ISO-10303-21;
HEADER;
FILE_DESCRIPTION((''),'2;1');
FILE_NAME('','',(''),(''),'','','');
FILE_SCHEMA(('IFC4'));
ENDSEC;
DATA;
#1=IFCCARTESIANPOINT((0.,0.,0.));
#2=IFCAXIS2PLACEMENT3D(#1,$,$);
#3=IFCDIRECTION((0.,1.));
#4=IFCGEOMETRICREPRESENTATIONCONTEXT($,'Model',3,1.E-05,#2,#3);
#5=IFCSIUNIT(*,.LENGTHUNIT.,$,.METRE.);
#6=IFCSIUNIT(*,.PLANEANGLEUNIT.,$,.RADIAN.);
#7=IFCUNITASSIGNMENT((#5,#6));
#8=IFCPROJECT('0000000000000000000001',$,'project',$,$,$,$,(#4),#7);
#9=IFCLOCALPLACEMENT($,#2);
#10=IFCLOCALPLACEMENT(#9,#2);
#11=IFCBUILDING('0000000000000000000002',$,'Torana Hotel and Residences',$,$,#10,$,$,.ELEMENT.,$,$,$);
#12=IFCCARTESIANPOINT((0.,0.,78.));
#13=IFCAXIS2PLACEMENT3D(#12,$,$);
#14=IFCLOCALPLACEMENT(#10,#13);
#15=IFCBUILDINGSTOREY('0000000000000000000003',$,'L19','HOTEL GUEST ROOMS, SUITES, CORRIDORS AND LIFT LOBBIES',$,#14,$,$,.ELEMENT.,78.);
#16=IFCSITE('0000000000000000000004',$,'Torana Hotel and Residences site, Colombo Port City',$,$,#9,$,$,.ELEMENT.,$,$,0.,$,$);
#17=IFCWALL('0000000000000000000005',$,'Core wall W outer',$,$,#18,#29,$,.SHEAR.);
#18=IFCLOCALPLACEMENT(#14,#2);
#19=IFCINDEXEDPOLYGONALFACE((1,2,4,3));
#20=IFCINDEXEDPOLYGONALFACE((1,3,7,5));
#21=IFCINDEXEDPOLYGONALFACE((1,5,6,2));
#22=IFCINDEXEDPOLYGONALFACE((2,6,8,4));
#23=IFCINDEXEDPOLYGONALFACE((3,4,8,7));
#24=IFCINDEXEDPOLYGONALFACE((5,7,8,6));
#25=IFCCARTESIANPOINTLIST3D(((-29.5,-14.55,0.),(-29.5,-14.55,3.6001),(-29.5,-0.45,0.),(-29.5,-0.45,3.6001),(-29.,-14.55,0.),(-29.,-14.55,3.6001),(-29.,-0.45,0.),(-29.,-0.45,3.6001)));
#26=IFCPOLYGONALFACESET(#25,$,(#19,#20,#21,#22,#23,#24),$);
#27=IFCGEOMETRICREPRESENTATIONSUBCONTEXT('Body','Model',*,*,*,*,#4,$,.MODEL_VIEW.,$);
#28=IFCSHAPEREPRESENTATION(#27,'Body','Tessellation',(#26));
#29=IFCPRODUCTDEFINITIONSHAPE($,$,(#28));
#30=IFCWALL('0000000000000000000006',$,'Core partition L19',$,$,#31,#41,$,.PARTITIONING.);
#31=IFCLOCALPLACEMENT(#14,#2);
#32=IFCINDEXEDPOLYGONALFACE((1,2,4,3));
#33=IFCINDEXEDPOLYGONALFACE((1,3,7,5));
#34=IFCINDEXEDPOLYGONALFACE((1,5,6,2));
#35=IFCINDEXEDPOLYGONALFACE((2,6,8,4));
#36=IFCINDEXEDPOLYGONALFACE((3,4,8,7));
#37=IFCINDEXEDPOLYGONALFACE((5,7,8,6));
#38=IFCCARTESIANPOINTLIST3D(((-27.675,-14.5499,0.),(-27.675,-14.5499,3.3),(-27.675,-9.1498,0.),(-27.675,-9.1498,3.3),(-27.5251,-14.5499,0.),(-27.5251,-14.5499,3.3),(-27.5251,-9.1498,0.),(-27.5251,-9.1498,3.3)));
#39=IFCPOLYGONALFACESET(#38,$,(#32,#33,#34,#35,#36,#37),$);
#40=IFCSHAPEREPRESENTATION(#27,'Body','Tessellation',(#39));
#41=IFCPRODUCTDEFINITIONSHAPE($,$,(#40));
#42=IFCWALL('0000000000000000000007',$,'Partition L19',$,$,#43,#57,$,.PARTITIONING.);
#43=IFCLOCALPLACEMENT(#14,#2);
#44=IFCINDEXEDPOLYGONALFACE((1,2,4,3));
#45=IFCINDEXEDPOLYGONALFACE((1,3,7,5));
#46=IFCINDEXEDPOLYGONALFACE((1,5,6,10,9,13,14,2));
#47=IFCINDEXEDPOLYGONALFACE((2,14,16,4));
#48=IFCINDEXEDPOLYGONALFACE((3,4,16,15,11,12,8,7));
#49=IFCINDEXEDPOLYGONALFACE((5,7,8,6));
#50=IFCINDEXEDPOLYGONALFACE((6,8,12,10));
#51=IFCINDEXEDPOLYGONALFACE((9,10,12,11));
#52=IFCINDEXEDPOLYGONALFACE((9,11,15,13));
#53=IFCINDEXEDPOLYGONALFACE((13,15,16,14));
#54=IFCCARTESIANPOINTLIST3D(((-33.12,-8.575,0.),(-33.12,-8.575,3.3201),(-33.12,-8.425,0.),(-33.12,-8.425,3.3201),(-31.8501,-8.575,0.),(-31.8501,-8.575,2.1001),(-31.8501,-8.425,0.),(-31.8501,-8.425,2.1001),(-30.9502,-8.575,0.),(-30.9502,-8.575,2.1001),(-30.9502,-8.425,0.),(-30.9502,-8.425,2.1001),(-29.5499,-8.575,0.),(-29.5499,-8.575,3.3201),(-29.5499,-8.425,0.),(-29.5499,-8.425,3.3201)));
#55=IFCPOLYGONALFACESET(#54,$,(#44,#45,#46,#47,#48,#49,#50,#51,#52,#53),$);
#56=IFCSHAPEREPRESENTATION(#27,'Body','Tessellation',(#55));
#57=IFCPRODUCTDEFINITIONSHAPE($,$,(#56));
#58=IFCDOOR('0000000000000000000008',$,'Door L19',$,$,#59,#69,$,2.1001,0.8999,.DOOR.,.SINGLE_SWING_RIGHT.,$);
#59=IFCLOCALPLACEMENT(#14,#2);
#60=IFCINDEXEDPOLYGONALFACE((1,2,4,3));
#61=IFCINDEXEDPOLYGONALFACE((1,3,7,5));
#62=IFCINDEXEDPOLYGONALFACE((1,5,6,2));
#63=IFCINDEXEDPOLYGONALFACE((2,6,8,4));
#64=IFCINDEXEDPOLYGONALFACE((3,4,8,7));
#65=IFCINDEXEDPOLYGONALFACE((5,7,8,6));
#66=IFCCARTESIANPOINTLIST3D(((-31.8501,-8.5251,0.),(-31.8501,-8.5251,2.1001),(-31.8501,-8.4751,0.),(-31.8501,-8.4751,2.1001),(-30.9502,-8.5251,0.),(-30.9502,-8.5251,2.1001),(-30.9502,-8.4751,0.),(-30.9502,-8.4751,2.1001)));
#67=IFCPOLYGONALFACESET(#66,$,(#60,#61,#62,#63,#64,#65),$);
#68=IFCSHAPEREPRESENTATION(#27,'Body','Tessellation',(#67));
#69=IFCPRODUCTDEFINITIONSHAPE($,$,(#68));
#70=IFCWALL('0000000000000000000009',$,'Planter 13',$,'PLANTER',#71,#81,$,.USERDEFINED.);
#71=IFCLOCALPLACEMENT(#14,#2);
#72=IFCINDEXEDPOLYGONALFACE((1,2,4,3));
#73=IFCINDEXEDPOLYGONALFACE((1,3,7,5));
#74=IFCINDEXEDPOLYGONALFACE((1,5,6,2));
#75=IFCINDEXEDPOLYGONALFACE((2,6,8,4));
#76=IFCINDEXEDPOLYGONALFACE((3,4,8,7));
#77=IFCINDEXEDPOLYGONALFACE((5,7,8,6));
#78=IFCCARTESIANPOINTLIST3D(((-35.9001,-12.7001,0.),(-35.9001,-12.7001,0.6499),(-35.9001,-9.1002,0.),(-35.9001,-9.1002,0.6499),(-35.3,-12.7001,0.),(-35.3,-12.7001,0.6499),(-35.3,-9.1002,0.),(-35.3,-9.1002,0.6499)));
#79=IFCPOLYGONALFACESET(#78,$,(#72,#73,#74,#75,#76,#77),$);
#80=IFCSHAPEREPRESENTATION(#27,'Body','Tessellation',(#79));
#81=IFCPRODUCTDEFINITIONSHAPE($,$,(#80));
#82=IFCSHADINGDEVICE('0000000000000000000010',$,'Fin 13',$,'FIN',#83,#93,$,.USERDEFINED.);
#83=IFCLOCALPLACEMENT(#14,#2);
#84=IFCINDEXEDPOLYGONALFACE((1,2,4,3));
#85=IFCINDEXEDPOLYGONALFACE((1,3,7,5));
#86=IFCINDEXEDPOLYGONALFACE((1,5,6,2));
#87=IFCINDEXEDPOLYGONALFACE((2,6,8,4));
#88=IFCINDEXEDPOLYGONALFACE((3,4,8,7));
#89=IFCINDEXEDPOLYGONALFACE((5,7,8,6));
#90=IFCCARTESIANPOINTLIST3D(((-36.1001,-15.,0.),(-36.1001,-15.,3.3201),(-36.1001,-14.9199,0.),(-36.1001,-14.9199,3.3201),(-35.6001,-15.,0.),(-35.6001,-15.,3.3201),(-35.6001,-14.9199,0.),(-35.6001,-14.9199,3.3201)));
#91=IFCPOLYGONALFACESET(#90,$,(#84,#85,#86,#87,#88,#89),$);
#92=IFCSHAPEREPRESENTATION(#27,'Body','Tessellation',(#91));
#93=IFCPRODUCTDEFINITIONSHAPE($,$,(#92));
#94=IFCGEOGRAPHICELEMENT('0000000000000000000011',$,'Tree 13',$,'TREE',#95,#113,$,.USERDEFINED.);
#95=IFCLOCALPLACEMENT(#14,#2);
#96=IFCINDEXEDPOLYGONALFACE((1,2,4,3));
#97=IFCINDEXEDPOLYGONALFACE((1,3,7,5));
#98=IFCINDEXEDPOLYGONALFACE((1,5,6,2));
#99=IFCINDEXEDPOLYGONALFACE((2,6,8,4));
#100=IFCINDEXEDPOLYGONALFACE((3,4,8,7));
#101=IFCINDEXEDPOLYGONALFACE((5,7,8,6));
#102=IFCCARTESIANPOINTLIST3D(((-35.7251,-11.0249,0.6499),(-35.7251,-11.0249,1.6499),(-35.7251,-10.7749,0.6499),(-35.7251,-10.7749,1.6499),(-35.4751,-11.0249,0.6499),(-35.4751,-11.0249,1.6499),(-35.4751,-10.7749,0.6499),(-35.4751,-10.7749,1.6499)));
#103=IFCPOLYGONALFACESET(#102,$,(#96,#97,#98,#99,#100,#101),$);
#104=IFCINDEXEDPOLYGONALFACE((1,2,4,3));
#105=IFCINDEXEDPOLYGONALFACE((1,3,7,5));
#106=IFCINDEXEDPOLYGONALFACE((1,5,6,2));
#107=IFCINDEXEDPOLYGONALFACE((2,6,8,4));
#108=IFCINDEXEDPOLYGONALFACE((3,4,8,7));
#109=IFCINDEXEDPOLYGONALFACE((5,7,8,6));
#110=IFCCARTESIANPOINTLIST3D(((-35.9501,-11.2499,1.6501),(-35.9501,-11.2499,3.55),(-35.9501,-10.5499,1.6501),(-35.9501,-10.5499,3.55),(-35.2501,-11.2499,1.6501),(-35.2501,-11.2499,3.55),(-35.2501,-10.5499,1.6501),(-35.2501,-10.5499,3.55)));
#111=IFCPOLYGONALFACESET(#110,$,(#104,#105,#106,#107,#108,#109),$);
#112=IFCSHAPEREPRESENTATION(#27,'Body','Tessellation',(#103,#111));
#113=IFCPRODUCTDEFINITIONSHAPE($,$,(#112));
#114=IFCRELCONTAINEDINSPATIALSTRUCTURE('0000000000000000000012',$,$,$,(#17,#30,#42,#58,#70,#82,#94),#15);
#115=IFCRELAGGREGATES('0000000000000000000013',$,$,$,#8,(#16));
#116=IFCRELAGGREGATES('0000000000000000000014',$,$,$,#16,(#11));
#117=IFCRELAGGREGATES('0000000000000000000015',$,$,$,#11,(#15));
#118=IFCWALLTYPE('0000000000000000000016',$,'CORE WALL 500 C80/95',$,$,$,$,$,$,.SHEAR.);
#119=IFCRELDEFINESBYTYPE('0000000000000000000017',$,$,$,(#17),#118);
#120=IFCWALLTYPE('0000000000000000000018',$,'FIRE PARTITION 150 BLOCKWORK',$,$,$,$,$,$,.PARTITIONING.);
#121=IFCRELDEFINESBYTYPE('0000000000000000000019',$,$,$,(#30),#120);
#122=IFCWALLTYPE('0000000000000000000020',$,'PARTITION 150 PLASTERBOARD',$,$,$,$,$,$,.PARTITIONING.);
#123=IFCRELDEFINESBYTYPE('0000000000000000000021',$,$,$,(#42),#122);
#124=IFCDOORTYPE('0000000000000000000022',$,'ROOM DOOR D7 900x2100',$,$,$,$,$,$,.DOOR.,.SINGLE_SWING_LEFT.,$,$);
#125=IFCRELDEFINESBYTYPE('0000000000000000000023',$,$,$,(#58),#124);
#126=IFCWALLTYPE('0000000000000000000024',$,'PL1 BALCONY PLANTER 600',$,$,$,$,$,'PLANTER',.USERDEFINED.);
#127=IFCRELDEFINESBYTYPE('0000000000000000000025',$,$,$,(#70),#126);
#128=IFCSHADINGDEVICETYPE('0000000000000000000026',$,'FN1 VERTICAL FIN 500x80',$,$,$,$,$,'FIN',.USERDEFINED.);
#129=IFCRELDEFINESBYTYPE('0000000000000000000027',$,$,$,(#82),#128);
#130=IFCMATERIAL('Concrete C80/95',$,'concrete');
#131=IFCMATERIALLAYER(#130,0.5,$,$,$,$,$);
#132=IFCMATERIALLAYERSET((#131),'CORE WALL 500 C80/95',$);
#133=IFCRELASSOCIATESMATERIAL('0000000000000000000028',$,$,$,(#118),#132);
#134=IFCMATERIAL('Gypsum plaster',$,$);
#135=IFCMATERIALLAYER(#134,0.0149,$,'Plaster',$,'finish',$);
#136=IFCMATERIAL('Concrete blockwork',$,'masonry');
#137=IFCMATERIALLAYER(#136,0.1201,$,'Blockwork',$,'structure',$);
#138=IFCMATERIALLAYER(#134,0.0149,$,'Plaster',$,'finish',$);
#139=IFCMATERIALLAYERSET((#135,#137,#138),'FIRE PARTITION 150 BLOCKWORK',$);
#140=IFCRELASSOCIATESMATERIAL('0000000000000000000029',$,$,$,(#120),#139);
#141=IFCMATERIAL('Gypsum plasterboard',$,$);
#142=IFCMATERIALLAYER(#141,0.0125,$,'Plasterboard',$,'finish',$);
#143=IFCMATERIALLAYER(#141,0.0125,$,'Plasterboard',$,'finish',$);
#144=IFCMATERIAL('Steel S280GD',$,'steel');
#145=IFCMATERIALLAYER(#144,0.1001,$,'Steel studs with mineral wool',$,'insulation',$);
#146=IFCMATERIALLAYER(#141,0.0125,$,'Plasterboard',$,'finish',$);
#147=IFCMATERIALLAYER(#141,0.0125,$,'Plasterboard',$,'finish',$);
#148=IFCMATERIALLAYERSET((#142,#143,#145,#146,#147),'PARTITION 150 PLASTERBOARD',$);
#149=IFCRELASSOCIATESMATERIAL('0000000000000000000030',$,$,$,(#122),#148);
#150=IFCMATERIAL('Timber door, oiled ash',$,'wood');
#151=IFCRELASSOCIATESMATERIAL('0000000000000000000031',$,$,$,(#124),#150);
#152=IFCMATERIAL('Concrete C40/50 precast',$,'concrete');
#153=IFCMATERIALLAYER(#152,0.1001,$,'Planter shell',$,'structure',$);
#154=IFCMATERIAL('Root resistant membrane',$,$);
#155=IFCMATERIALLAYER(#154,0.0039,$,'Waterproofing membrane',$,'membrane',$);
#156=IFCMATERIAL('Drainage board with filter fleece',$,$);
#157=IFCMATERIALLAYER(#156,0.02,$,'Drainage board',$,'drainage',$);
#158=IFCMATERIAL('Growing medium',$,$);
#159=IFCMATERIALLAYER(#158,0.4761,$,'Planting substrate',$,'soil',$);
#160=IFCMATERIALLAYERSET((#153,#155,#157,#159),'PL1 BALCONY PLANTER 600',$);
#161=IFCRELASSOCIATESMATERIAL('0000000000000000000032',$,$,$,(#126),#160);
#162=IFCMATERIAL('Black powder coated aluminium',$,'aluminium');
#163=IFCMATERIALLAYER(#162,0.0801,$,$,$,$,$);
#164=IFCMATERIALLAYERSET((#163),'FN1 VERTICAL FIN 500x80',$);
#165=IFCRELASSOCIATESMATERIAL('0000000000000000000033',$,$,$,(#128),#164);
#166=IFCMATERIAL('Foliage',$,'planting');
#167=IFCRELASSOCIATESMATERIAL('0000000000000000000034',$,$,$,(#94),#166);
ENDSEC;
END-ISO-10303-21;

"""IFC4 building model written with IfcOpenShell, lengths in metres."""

from ifc_helpers import new_model, si_unit, direction, frame, frame_2d, origin, origin_2d, place, context, subcontext, project, spatial, rectangle, extrude, material, layer, layer_set, type_object, element, fill, save


model = new_model("IFC4")

# Units and contexts
model_context = context("Model", 3, precision=1e-05, world=origin(), true_north=direction((0.0, 1.0)))
body_context = subcontext(model_context, "Body", "Model", "MODEL_VIEW")
ifc_project = project(units=[si_unit("LENGTHUNIT", "METRE"), si_unit("PLANEANGLEUNIT", "RADIAN")], contexts=[model_context])

# Site, building, storey
site_placement = place(None, origin())
site = spatial("IfcSite", under=ifc_project, at=site_placement, Name="Torana Hotel and Residences site, Colombo Port City", CompositionType="ELEMENT", RefElevation=0.0)
building_placement = place(site_placement, origin())
building = spatial("IfcBuilding", under=site, at=building_placement, Name="Torana Hotel and Residences", CompositionType="ELEMENT")
storey_placement = place(building_placement, frame((0.0, 0.0, 78.0)))
storey = spatial("IfcBuildingStorey", under=building, at=storey_placement, Name="L19", Description="HOTEL GUEST ROOMS, SUITES, CORRIDORS AND LIFT LOBBIES", CompositionType="ELEMENT", Elevation=78.0)

# Walls
ifc_material_1 = material(Name="Concrete C80/95", Category="concrete")
ifc_layer_1 = layer(ifc_material_1, 0.5)
ifc_layer_set_1 = layer_set([ifc_layer_1], Name="CORE WALL 500 C80/95")
wall_type_1 = type_object("IfcWallType", Name="CORE WALL 500 C80/95", PredefinedType="SHEAR", material=ifc_layer_set_1)
wall_1_placement = place(storey_placement, frame((-29.25, -14.55, 0.0), z_axis=(0.0, 0.0, 1.0), x_axis=(0.0, 1.0, 0.0)))
element("IfcWall", 1, at=wall_1_placement, inside=storey, type_object=wall_type_1, Name="Core wall W outer", PredefinedType="SHEAR", context=body_context, shape_type="SweptSolid", body=[
    extrude(rectangle(XDim=14.1001, YDim=0.5, at=frame_2d((7.05, 0.0))), origin(), (0.0, 0.0, 1.0), 3.6001),
])
ifc_material_2 = material(Name="Gypsum plaster")
ifc_layer_2 = layer(ifc_material_2, 0.0149, Name="Plaster", Category="finish")
ifc_material_3 = material(Name="Concrete blockwork", Category="masonry")
ifc_layer_3 = layer(ifc_material_3, 0.1201, Name="Blockwork", Category="structure")
ifc_layer_4 = layer(ifc_material_2, 0.0149, Name="Plaster", Category="finish")
ifc_layer_set_2 = layer_set([ifc_layer_2, ifc_layer_3, ifc_layer_4], Name="FIRE PARTITION 150 BLOCKWORK")
wall_type_2 = type_object("IfcWallType", Name="FIRE PARTITION 150 BLOCKWORK", PredefinedType="PARTITIONING", material=ifc_layer_set_2)
wall_2_placement = place(storey_placement, frame((-27.6001, -14.55, 0.0), z_axis=(0.0, 0.0, 1.0), x_axis=(0.0, 1.0, 0.0)))
element("IfcWall", 2, at=wall_2_placement, inside=storey, type_object=wall_type_2, Name="Core partition L19", PredefinedType="PARTITIONING", context=body_context, shape_type="SweptSolid", body=[
    extrude(rectangle(XDim=5.4001, YDim=0.1499, at=frame_2d((2.7002, 0.0))), origin(), (0.0, 0.0, 1.0), 3.3),
])

# Wall, opening, door
ifc_material_4 = material(Name="Gypsum plasterboard")
ifc_layer_5 = layer(ifc_material_4, 0.0125, Name="Plasterboard", Category="finish")
ifc_layer_6 = layer(ifc_material_4, 0.0125, Name="Plasterboard", Category="finish")
ifc_material_5 = material(Name="Steel S280GD", Category="steel")
ifc_layer_7 = layer(ifc_material_5, 0.1001, Name="Steel studs with mineral wool", Category="insulation")
ifc_layer_8 = layer(ifc_material_4, 0.0125, Name="Plasterboard", Category="finish")
ifc_layer_9 = layer(ifc_material_4, 0.0125, Name="Plasterboard", Category="finish")
ifc_layer_set_3 = layer_set([ifc_layer_5, ifc_layer_6, ifc_layer_7, ifc_layer_8, ifc_layer_9], Name="PARTITION 150 PLASTERBOARD")
wall_type_3 = type_object("IfcWallType", Name="PARTITION 150 PLASTERBOARD", PredefinedType="PARTITIONING", material=ifc_layer_set_3)
wall_3_placement = place(storey_placement, frame((-33.1201, -8.5, 0.0), z_axis=(0.0, 0.0, 1.0), x_axis=(1.0, 0.0, 0.0)))
wall_3 = element("IfcWall", 3, at=wall_3_placement, inside=storey, type_object=wall_type_3, Name="Partition L19", PredefinedType="PARTITIONING", context=body_context, shape_type="SweptSolid", body=[
    extrude(rectangle(XDim=3.5701, YDim=0.1499, at=frame_2d((1.7852, 0.0))), origin(), (0.0, 0.0, 1.0), 3.3201),
])
opening_1_placement = place(wall_3_placement, frame((1.27, 0.0, 0.0)))
opening_1 = element("IfcOpeningElement", 4, at=opening_1_placement, cuts=wall_3, PredefinedType="OPENING", context=body_context, shape_type="SweptSolid", body=[
    extrude(rectangle(XDim=0.8999, YDim=2.1001, at=frame_2d((0.45, 1.05))), frame((0.0, 0.085, 0.0), z_axis=(0.0, -1.0, 0.0), x_axis=(1.0, 0.0, 0.0)), (0.0, 0.0, 1.0), 0.1699),
])
ifc_material_6 = material(Name="Timber door, oiled ash", Category="wood")
door_type_1 = type_object("IfcDoorType", Name="ROOM DOOR D7 900x2100", OperationType="SINGLE_SWING_LEFT", PredefinedType="DOOR", material=ifc_material_6)
door_1_placement = place(opening_1_placement, origin())
door_1 = element("IfcDoor", 5, at=door_1_placement, inside=storey, type_object=door_type_1, Name="Door L19", OperationType="SINGLE_SWING_RIGHT", OverallHeight=2.1001, OverallWidth=0.8999, PredefinedType="DOOR", context=body_context, shape_type="SweptSolid", body=[
    extrude(rectangle(XDim=0.8999, YDim=2.1001, at=frame_2d((0.45, 1.05))), frame((0.0, 0.0249, 0.0), z_axis=(0.0, -1.0, 0.0), x_axis=(1.0, 0.0, 0.0)), (0.0, 0.0, 1.0), 0.05),
])
fill(opening_1, door_1)

# Wall
ifc_material_7 = material(Name="Concrete C40/50 precast", Category="concrete")
ifc_layer_10 = layer(ifc_material_7, 0.1001, Name="Planter shell", Category="structure")
ifc_material_8 = material(Name="Root resistant membrane")
ifc_layer_11 = layer(ifc_material_8, 0.0039, Name="Waterproofing membrane", Category="membrane")
ifc_material_9 = material(Name="Drainage board with filter fleece")
ifc_layer_12 = layer(ifc_material_9, 0.02, Name="Drainage board", Category="drainage")
ifc_material_10 = material(Name="Growing medium")
ifc_layer_13 = layer(ifc_material_10, 0.4761, Name="Planting substrate", Category="soil")
ifc_layer_set_4 = layer_set([ifc_layer_10, ifc_layer_11, ifc_layer_12, ifc_layer_13], Name="PL1 BALCONY PLANTER 600")
wall_type_4 = type_object("IfcWallType", Name="PL1 BALCONY PLANTER 600", ElementType="PLANTER", PredefinedType="USERDEFINED", material=ifc_layer_set_4)
wall_4_placement = place(storey_placement, frame((-35.6001, -12.7, 0.0), z_axis=(0.0, 0.0, 1.0), x_axis=(0.0, 1.0, 0.0)))
element("IfcWall", 6, at=wall_4_placement, inside=storey, type_object=wall_type_4, Name="Planter 13", ObjectType="PLANTER", PredefinedType="USERDEFINED", context=body_context, shape_type="SweptSolid", body=[
    extrude(rectangle(XDim=3.5999, YDim=0.6001, at=frame_2d((1.7998, 0.0))), origin(), (0.0, 0.0, 1.0), 0.6499),
])

# Shading device
ifc_material_11 = material(Name="Black powder coated aluminium", Category="aluminium")
ifc_layer_14 = layer(ifc_material_11, 0.0801)
ifc_layer_set_5 = layer_set([ifc_layer_14], Name="FN1 VERTICAL FIN 500x80")
shading_device_type = type_object("IfcShadingDeviceType", Name="FN1 VERTICAL FIN 500x80", ElementType="FIN", PredefinedType="USERDEFINED", material=ifc_layer_set_5)
shading_device_placement = place(storey_placement, frame((-35.8501, -14.96, 0.0), z_axis=(0.0, 0.0, 1.0), x_axis=(0.0, 1.0, 0.0)))
element("IfcShadingDevice", 7, at=shading_device_placement, inside=storey, type_object=shading_device_type, Name="Fin 13", ObjectType="FIN", PredefinedType="USERDEFINED", context=body_context, shape_type="SweptSolid", body=[
    extrude(rectangle(XDim=0.0801, YDim=0.5, at=origin_2d()), origin(), (0.0, 0.0, 1.0), 3.3201),
])

# Geographic element
ifc_material_12 = material(Name="Foliage", Category="planting")
geographic_element_placement = place(storey_placement, frame((-35.6001, -10.8999, 0.6499), z_axis=(0.0, 0.0, 1.0), x_axis=(1.0, 0.0, 0.0)))
element("IfcGeographicElement", 8, at=geographic_element_placement, inside=storey, material=ifc_material_12, Name="Tree 13", ObjectType="TREE", PredefinedType="USERDEFINED", context=body_context, shape_type="SweptSolid", body=[
    extrude(rectangle(XDim=0.25, YDim=0.25, at=origin_2d()), origin(), (0.0, 0.0, 1.0), 1.0),
    extrude(rectangle(XDim=0.7, YDim=0.7, at=origin_2d()), frame((0.0, 0.0, 1.0002)), (0.0, 0.0, 1.0), 1.8999),
])

save(model, "model.ifc")
